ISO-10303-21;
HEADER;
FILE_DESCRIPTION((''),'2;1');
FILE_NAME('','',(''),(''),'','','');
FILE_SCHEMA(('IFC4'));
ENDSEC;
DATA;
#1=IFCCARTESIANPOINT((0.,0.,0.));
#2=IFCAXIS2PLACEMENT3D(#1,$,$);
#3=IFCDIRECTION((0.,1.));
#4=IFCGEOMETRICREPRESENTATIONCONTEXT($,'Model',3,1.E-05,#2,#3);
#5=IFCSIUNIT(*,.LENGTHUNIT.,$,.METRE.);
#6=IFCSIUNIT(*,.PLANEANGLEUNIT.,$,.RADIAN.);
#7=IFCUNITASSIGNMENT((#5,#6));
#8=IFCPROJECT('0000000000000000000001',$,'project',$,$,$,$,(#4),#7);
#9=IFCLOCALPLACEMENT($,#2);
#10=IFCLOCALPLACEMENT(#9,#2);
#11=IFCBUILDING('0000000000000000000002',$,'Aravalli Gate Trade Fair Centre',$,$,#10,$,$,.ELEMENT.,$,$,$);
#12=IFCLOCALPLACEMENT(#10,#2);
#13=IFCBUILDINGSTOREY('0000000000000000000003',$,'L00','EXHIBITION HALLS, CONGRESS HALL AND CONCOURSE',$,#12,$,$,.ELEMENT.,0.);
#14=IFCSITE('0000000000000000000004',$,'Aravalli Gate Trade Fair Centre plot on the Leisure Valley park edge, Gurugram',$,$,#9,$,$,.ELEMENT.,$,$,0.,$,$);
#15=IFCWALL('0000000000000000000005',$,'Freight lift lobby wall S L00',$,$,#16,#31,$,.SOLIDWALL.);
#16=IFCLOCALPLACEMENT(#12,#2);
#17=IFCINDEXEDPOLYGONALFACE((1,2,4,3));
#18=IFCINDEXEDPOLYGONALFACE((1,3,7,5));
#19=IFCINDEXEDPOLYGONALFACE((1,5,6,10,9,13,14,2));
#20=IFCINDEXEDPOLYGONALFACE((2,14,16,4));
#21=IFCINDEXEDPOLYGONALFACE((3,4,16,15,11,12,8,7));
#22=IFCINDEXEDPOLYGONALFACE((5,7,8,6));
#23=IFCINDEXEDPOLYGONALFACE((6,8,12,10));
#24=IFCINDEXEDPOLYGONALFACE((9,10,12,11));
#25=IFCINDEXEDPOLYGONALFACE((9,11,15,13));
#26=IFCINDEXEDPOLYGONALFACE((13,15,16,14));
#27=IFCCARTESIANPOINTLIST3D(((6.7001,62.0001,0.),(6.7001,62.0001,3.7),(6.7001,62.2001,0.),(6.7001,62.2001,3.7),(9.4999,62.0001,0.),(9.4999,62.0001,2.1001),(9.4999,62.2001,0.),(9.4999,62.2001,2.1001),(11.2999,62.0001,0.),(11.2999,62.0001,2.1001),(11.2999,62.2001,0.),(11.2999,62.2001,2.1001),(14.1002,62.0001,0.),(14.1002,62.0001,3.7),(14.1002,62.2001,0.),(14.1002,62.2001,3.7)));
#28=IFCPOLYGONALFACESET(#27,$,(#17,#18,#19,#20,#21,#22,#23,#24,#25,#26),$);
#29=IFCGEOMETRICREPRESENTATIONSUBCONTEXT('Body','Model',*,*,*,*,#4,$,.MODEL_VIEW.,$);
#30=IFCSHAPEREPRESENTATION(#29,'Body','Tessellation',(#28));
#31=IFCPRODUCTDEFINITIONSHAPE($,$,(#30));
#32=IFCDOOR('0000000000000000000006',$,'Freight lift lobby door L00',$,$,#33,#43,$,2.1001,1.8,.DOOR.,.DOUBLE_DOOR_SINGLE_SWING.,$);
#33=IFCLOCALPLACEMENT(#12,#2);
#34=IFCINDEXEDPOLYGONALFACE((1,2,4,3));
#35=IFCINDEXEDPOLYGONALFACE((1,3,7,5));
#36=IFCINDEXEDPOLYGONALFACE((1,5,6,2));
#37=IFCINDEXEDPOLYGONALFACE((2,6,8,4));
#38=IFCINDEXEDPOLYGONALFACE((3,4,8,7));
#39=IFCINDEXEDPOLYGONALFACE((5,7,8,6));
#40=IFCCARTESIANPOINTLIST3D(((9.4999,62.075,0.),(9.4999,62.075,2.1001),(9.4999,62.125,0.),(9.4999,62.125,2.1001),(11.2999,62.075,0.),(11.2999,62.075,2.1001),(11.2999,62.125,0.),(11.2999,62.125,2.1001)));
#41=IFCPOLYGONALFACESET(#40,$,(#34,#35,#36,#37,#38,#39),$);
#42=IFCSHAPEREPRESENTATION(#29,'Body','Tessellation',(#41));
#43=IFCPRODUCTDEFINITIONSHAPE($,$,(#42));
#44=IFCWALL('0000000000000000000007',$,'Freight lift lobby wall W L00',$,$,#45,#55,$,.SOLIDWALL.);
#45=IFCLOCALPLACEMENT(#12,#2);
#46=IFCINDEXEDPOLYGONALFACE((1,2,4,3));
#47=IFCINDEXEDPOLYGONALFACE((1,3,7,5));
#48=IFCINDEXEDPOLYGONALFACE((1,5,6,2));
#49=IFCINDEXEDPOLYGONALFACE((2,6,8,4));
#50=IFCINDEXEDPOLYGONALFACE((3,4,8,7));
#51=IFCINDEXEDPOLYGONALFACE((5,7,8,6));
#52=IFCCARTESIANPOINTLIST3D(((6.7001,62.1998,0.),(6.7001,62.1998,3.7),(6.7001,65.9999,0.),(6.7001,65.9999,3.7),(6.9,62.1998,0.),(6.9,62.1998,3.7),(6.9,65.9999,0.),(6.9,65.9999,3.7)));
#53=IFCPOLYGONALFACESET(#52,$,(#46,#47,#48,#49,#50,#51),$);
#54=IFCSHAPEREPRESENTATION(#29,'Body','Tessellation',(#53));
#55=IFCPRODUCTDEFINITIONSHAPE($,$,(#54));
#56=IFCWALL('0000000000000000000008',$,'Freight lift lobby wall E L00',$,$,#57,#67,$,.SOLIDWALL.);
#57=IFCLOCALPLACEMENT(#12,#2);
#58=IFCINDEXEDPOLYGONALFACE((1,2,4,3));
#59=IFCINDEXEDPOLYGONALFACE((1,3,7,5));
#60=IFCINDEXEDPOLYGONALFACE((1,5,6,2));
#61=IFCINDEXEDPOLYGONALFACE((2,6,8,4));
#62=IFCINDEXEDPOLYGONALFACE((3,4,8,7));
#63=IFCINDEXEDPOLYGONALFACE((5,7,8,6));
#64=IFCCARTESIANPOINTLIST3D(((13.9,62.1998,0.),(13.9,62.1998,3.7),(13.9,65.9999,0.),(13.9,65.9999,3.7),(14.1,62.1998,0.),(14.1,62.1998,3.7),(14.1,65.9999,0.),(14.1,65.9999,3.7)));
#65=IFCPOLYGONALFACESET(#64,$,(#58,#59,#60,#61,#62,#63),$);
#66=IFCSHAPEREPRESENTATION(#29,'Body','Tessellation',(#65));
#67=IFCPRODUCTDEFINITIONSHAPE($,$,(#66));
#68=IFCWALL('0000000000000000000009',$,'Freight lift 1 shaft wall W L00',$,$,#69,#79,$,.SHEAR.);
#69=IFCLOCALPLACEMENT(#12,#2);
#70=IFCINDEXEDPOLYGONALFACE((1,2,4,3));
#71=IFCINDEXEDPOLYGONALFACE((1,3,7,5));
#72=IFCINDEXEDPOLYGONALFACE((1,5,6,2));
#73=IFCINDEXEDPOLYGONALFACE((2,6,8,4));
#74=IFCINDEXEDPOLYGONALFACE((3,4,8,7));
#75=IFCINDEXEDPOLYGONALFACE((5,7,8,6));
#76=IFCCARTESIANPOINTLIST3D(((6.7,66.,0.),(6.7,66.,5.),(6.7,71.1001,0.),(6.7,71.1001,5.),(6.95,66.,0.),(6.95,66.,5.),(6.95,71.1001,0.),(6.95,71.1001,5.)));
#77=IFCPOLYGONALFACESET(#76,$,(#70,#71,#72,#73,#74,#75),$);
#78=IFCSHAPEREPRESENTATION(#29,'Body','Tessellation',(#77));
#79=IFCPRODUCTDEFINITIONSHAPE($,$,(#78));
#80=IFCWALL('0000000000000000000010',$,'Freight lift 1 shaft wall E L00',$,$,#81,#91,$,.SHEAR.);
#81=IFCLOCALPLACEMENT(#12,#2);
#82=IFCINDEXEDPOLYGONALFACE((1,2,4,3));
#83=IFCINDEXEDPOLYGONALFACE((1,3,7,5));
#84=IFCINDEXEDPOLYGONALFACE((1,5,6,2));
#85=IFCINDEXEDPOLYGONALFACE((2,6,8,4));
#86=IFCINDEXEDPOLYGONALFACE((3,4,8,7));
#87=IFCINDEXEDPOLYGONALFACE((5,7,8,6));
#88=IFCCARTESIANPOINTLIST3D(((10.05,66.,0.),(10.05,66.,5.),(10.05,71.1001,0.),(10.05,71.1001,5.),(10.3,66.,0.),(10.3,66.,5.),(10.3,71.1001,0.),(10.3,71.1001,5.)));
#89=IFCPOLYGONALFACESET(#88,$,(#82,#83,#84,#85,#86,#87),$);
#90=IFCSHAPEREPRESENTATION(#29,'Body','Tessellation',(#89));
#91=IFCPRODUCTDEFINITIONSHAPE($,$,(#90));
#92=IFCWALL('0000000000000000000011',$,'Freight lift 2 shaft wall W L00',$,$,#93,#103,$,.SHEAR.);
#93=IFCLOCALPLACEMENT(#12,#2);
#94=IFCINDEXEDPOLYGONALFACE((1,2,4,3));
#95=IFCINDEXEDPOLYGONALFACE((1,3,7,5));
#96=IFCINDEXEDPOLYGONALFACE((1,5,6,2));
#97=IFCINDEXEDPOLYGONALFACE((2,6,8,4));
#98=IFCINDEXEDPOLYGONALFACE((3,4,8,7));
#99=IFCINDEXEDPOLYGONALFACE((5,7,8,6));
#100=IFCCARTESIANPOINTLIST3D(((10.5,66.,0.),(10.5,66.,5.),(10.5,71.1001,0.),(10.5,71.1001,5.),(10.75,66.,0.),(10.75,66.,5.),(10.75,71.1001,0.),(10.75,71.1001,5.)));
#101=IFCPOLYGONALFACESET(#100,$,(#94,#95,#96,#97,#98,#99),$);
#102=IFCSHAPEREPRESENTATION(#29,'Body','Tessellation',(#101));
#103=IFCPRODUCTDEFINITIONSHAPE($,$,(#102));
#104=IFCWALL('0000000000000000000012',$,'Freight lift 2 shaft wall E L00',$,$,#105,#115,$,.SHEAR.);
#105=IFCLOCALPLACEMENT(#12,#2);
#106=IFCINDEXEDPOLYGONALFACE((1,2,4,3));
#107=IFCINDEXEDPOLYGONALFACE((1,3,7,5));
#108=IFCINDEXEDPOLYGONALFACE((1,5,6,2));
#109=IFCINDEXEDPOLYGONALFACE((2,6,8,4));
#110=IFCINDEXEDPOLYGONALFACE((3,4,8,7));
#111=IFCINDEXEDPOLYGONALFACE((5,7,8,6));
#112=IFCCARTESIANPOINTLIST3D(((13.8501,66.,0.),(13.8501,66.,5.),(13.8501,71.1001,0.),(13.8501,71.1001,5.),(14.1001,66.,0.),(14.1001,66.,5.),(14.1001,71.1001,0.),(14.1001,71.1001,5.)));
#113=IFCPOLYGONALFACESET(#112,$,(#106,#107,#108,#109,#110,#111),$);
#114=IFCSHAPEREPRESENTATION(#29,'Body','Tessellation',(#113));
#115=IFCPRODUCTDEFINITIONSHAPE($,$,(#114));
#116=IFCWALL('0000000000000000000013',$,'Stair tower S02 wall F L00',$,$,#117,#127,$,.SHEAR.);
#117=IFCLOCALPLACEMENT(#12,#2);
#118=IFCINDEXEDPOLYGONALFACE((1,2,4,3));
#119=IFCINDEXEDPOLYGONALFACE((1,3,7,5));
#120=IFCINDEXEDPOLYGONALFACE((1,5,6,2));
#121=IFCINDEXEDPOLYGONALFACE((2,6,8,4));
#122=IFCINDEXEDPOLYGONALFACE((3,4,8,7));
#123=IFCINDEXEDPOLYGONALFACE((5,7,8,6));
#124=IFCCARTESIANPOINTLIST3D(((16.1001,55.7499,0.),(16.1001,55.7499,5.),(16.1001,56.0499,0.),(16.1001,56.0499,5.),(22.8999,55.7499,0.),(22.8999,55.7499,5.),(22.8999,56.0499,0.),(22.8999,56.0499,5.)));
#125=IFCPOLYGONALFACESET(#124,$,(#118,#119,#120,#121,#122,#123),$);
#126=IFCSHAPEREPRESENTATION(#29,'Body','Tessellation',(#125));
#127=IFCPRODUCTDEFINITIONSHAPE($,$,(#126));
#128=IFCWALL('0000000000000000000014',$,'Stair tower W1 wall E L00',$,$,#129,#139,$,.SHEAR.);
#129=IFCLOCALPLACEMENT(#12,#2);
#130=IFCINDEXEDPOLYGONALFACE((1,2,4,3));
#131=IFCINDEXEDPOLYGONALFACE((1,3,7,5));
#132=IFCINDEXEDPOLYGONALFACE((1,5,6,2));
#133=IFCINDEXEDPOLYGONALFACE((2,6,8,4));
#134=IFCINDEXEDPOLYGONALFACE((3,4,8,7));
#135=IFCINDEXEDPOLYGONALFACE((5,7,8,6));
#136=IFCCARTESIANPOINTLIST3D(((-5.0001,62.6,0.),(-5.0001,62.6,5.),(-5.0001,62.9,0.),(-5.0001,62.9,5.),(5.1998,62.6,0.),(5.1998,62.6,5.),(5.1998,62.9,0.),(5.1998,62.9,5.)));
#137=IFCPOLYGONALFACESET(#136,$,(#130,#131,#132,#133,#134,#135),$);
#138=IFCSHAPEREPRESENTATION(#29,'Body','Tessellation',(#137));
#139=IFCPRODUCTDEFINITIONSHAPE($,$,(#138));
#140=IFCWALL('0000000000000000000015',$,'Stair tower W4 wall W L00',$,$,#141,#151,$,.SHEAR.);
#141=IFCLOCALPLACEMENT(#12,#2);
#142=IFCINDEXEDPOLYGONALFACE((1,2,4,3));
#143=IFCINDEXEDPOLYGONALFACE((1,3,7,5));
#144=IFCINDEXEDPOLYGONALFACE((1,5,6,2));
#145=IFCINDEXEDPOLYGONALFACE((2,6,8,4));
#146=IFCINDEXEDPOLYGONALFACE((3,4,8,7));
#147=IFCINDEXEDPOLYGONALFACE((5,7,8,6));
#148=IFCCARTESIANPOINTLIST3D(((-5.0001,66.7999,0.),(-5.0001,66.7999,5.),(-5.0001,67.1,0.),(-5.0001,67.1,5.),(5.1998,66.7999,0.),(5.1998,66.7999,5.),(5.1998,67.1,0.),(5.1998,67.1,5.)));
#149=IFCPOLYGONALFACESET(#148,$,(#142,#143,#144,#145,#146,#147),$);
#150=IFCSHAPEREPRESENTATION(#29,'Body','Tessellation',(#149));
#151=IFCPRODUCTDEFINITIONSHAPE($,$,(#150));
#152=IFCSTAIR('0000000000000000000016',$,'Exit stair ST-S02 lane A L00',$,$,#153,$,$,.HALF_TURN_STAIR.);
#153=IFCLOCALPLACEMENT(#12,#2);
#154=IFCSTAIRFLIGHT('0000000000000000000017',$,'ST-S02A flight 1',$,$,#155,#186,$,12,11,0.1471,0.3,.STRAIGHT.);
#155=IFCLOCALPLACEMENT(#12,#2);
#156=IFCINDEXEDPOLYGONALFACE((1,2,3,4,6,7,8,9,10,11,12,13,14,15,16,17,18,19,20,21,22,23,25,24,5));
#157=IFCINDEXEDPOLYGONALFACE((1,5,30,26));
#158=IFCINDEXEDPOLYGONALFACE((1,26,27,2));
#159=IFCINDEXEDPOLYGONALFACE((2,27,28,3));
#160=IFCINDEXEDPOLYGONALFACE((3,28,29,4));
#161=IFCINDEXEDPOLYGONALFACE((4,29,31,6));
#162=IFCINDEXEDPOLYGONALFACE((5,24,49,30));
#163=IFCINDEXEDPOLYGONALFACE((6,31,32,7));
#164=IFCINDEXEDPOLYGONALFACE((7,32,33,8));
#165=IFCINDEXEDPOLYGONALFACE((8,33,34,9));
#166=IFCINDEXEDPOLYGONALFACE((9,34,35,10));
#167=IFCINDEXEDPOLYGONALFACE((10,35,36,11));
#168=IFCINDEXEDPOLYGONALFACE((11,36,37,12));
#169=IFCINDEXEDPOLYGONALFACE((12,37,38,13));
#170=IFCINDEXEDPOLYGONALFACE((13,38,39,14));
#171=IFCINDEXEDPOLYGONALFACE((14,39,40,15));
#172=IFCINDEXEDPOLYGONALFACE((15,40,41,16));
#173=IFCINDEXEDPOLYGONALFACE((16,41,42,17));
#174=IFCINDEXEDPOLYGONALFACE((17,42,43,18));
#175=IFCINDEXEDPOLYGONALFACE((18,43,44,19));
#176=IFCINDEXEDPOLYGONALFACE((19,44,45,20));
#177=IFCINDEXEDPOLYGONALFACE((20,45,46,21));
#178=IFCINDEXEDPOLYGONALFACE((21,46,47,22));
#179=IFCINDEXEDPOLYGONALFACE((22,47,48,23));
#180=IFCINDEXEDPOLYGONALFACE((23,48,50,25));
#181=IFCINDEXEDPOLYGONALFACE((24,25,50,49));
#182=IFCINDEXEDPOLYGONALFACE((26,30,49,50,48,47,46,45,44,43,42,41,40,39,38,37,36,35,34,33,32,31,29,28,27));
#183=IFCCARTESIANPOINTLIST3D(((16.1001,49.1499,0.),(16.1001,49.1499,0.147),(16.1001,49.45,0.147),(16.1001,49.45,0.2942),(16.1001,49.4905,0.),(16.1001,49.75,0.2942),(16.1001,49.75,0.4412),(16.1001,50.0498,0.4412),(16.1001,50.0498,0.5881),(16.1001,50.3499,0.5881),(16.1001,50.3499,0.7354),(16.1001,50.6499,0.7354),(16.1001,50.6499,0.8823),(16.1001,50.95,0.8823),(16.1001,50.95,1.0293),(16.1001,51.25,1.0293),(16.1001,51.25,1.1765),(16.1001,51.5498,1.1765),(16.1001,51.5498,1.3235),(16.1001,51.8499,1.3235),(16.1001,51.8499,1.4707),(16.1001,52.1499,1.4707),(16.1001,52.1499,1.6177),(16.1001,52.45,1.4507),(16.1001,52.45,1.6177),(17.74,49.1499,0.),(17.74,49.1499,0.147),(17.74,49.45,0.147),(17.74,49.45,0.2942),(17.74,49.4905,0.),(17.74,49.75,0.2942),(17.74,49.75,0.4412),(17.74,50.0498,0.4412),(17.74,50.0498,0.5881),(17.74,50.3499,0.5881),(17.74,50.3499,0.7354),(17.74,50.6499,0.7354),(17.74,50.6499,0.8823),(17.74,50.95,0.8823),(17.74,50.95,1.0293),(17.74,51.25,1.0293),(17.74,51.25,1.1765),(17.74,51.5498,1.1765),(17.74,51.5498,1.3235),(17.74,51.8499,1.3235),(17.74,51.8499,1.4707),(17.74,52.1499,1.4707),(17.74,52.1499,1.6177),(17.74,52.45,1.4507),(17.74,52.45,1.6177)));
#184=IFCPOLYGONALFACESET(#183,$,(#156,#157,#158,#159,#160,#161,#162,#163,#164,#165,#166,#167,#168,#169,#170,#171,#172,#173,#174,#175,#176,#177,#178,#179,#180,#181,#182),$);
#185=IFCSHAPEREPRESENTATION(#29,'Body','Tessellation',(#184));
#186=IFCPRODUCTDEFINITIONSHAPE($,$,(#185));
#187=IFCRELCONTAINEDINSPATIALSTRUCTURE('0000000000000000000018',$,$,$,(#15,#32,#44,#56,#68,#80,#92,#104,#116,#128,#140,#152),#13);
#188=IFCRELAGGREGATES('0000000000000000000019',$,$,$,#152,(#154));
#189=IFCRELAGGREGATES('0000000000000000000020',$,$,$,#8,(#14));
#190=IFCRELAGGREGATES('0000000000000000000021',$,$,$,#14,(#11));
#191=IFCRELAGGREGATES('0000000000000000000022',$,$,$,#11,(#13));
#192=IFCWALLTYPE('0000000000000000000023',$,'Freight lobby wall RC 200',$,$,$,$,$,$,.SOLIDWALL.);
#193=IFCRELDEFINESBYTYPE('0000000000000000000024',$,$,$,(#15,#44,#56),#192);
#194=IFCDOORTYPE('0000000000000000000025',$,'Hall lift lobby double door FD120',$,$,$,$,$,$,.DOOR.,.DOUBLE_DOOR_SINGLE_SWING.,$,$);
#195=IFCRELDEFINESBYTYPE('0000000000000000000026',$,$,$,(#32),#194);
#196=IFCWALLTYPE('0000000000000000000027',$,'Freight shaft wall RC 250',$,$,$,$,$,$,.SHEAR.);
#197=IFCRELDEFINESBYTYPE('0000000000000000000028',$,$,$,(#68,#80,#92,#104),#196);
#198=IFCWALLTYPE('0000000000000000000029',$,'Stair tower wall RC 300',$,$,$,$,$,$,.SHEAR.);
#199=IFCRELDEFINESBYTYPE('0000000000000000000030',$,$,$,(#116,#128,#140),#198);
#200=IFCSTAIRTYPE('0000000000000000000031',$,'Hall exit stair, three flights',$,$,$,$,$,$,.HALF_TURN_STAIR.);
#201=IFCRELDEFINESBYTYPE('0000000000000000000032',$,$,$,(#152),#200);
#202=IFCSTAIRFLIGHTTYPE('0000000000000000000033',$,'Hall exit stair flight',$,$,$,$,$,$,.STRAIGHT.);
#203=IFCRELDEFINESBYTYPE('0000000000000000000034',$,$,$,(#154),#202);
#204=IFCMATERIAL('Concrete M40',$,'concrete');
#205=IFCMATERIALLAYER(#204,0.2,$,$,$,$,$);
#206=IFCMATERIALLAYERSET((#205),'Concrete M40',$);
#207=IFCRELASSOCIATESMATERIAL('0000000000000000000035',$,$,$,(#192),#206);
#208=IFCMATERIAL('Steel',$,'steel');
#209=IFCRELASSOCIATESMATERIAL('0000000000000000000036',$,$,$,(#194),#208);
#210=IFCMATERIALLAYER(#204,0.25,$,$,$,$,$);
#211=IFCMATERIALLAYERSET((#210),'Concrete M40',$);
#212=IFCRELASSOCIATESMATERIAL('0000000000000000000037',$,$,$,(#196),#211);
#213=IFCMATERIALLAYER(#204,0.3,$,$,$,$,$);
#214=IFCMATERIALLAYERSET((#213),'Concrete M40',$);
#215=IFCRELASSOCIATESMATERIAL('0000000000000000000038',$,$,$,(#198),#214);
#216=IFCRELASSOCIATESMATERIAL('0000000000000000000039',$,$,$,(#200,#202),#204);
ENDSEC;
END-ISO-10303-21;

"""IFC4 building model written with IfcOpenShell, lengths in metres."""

from ifc_helpers import new_model, si_unit, direction, frame, frame_2d, origin, place, context, subcontext, project, spatial, polyline, rectangle, outline, extrude, material, layer, layer_set, type_object, element, fill, aggregate, save


model = new_model("IFC4")

# Units and contexts
model_context = context("Model", 3, precision=1e-05, world=origin(), true_north=direction((0.0, 1.0)))
body_context = subcontext(model_context, "Body", "Model", "MODEL_VIEW")
ifc_project = project(units=[si_unit("LENGTHUNIT", "METRE"), si_unit("PLANEANGLEUNIT", "RADIAN")], contexts=[model_context])

# Site, building, storey
site_placement = place(None, origin())
site = spatial("IfcSite", under=ifc_project, at=site_placement, Name="Aravalli Gate Trade Fair Centre plot on the Leisure Valley park edge, Gurugram", CompositionType="ELEMENT", RefElevation=0.0)
building_placement = place(site_placement, origin())
building = spatial("IfcBuilding", under=site, at=building_placement, Name="Aravalli Gate Trade Fair Centre", CompositionType="ELEMENT")
storey_placement = place(building_placement, origin())
storey = spatial("IfcBuildingStorey", under=building, at=storey_placement, Name="L00", Description="EXHIBITION HALLS, CONGRESS HALL AND CONCOURSE", CompositionType="ELEMENT", Elevation=0.0)

# Wall, opening, door
ifc_material_1 = material(Name="Concrete M40", Category="concrete")
ifc_layer_1 = layer(ifc_material_1, 0.2)
ifc_layer_set_1 = layer_set([ifc_layer_1], Name="Concrete M40")
wall_type_1 = type_object("IfcWallType", Name="Freight lobby wall RC 200", PredefinedType="SOLIDWALL", material=ifc_layer_set_1)
wall_1_placement = place(storey_placement, frame((6.7, 62.1001, 0.0), z_axis=(0.0, 0.0, 1.0), x_axis=(1.0, 0.0, 0.0)))
wall_1 = element("IfcWall", 1, at=wall_1_placement, inside=storey, type_object=wall_type_1, Name="Freight lift lobby wall S L00", PredefinedType="SOLIDWALL", context=body_context, shape_type="SweptSolid", body=[
    extrude(rectangle(XDim=7.4001, YDim=0.2, at=frame_2d((3.7002, 0.0))), origin(), (0.0, 0.0, 1.0), 3.7),
])
opening_1_placement = place(wall_1_placement, frame((2.8, 0.0, 0.0)))
opening_1 = element("IfcOpeningElement", 2, at=opening_1_placement, cuts=wall_1, PredefinedType="OPENING", context=body_context, shape_type="SweptSolid", body=[
    extrude(rectangle(XDim=1.8, YDim=2.1001, at=frame_2d((0.8999, 1.05))), frame((0.0, 0.1099, 0.0), z_axis=(0.0, -1.0, 0.0), x_axis=(1.0, 0.0, 0.0)), (0.0, 0.0, 1.0), 0.22),
])
ifc_material_2 = material(Name="Steel", Category="steel")
door_type_1 = type_object("IfcDoorType", Name="Hall lift lobby double door FD120", OperationType="DOUBLE_DOOR_SINGLE_SWING", PredefinedType="DOOR", material=ifc_material_2)
door_1_placement = place(opening_1_placement, origin())
door_1 = element("IfcDoor", 3, at=door_1_placement, inside=storey, type_object=door_type_1, Name="Freight lift lobby door L00", OperationType="DOUBLE_DOOR_SINGLE_SWING", OverallHeight=2.1001, OverallWidth=1.8, PredefinedType="DOOR", context=body_context, shape_type="SweptSolid", body=[
    extrude(rectangle(XDim=1.8, YDim=2.1001, at=frame_2d((0.8999, 1.05))), frame((0.0, 0.0249, 0.0), z_axis=(0.0, -1.0, 0.0), x_axis=(1.0, 0.0, 0.0)), (0.0, 0.0, 1.0), 0.05),
])
fill(opening_1, door_1)

# Walls
for number, where, z_axis, x_axis, name in (
    (4, (6.8, 62.2, 0.0), (0.0, 0.0, 1.0), (0.0, 1.0, 0.0), "Freight lift lobby wall W L00"),
    (5, (14.0, 62.2, 0.0), (0.0, 0.0, 1.0), (0.0, 1.0, 0.0), "Freight lift lobby wall E L00"),
):
    element("IfcWall", number, at=place(storey_placement, frame(where, z_axis=z_axis, x_axis=x_axis)), inside=storey, type_object=wall_type_1, Name=name, PredefinedType="SOLIDWALL", context=body_context, shape_type="SweptSolid", body=[
        extrude(rectangle(XDim=3.8, YDim=0.2, at=frame_2d((1.8999, 0.0))), origin(), (0.0, 0.0, 1.0), 3.7),
    ])
ifc_layer_2 = layer(ifc_material_1, 0.25)
ifc_layer_set_2 = layer_set([ifc_layer_2], Name="Concrete M40")
wall_type_2 = type_object("IfcWallType", Name="Freight shaft wall RC 250", PredefinedType="SHEAR", material=ifc_layer_set_2)
for number, where, z_axis, x_axis, name in (
    (6, (6.825, 66.0, 0.0), (0.0, 0.0, 1.0), (0.0, 1.0, 0.0), "Freight lift 1 shaft wall W L00"),
    (7, (10.175, 66.0, 0.0), (0.0, 0.0, 1.0), (0.0, 1.0, 0.0), "Freight lift 1 shaft wall E L00"),
):
    element("IfcWall", number, at=place(storey_placement, frame(where, z_axis=z_axis, x_axis=x_axis)), inside=storey, type_object=wall_type_2, Name=name, PredefinedType="SHEAR", context=body_context, shape_type="SweptSolid", body=[
        extrude(rectangle(XDim=5.1001, YDim=0.25, at=frame_2d((2.55, 0.0))), origin(), (0.0, 0.0, 1.0), 5.0),
    ])

# Walls
for number, where, z_axis, x_axis, name in (
    (8, (10.625, 66.0, 0.0), (0.0, 0.0, 1.0), (0.0, 1.0, 0.0), "Freight lift 2 shaft wall W L00"),
    (9, (13.9751, 66.0, 0.0), (0.0, 0.0, 1.0), (0.0, 1.0, 0.0), "Freight lift 2 shaft wall E L00"),
):
    element("IfcWall", number, at=place(storey_placement, frame(where, z_axis=z_axis, x_axis=x_axis)), inside=storey, type_object=wall_type_2, Name=name, PredefinedType="SHEAR", context=body_context, shape_type="SweptSolid", body=[
        extrude(rectangle(XDim=5.1001, YDim=0.25, at=frame_2d((2.55, 0.0))), origin(), (0.0, 0.0, 1.0), 5.0),
    ])

# Walls
ifc_layer_3 = layer(ifc_material_1, 0.3)
ifc_layer_set_3 = layer_set([ifc_layer_3], Name="Concrete M40")
wall_type_3 = type_object("IfcWallType", Name="Stair tower wall RC 300", PredefinedType="SHEAR", material=ifc_layer_set_3)
wall_2_placement = place(storey_placement, frame((16.1001, 55.8999, 0.0), z_axis=(0.0, 0.0, 1.0), x_axis=(1.0, 0.0, 0.0)))
element("IfcWall", 10, at=wall_2_placement, inside=storey, type_object=wall_type_3, Name="Stair tower S02 wall F L00", PredefinedType="SHEAR", context=body_context, shape_type="SweptSolid", body=[
    extrude(rectangle(XDim=6.7998, YDim=0.3, at=frame_2d((3.3999, 0.0))), origin(), (0.0, 0.0, 1.0), 5.0),
])
for number, where, z_axis, x_axis, name in (
    (11, (5.2, 62.75, 0.0), (0.0, 0.0, 1.0), (-1.0, 0.0, 0.0), "Stair tower W1 wall E L00"),
    (12, (5.2, 66.95, 0.0), (0.0, 0.0, 1.0), (-1.0, 0.0, 0.0), "Stair tower W4 wall W L00"),
):
    element("IfcWall", number, at=place(storey_placement, frame(where, z_axis=z_axis, x_axis=x_axis)), inside=storey, type_object=wall_type_3, Name=name, PredefinedType="SHEAR", context=body_context, shape_type="SweptSolid", body=[
        extrude(rectangle(XDim=10.2, YDim=0.3, at=frame_2d((5.1001, 0.0))), origin(), (0.0, 0.0, 1.0), 5.0),
    ])

# Stair, stair flight
stair_type = type_object("IfcStairType", Name="Hall exit stair, three flights", PredefinedType="HALF_TURN_STAIR", material=ifc_material_1)
stair_1_placement = place(storey_placement, origin())
stair_1 = element("IfcStair", 13, at=stair_1_placement, inside=storey, type_object=stair_type, Name="Exit stair ST-S02 lane A L00", PredefinedType="HALF_TURN_STAIR")
stair_flight_type = type_object("IfcStairFlightType", Name="Hall exit stair flight", PredefinedType="STRAIGHT", material=ifc_material_1)
stair_flight_1_placement = place(storey_placement, frame((16.9199, 49.1499, 0.0), z_axis=(0.0, 0.0, 1.0), x_axis=(0.0, 1.0, 0.0)))
stair_flight_1 = element("IfcStairFlight", 14, at=stair_flight_1_placement, type_object=stair_flight_type, Name="ST-S02A flight 1", NumberOfRisers=12, NumberOfTreads=11, PredefinedType="STRAIGHT", RiserHeight=0.1471, TreadLength=0.3, context=body_context, shape_type="SweptSolid", body=[
    extrude(outline(polyline([(0.0, 0.0), (0.0, 0.147), (0.3, 0.147), (0.3, 0.2942), (0.6001, 0.2942), (0.6001, 0.4412), (0.8999, 0.4412), (0.8999, 0.5881), (1.2, 0.5881), (1.2, 0.7354), (1.5, 0.7354), (1.5, 0.8823), (1.8, 0.8823), (1.8, 1.0293), (2.1001, 1.0293), (2.1001, 1.1765), (2.3999, 1.1765), (2.3999, 1.3235), (2.7, 1.3235), (2.7, 1.4707), (3.0, 1.4707), (3.0, 1.6177), (3.3, 1.6177), (3.3, 1.7646), (3.3, 1.4507), (0.3406, 0.0), (0.0, 0.0)])), frame((0.0, 0.8198, 0.0), z_axis=(0.0, -1.0, 0.0), x_axis=(1.0, 0.0, 0.0)), (0.0, 0.0, 1.0), 1.6399),
])
aggregate(stair_1, [stair_flight_1])

save(model, "model.ifc")
